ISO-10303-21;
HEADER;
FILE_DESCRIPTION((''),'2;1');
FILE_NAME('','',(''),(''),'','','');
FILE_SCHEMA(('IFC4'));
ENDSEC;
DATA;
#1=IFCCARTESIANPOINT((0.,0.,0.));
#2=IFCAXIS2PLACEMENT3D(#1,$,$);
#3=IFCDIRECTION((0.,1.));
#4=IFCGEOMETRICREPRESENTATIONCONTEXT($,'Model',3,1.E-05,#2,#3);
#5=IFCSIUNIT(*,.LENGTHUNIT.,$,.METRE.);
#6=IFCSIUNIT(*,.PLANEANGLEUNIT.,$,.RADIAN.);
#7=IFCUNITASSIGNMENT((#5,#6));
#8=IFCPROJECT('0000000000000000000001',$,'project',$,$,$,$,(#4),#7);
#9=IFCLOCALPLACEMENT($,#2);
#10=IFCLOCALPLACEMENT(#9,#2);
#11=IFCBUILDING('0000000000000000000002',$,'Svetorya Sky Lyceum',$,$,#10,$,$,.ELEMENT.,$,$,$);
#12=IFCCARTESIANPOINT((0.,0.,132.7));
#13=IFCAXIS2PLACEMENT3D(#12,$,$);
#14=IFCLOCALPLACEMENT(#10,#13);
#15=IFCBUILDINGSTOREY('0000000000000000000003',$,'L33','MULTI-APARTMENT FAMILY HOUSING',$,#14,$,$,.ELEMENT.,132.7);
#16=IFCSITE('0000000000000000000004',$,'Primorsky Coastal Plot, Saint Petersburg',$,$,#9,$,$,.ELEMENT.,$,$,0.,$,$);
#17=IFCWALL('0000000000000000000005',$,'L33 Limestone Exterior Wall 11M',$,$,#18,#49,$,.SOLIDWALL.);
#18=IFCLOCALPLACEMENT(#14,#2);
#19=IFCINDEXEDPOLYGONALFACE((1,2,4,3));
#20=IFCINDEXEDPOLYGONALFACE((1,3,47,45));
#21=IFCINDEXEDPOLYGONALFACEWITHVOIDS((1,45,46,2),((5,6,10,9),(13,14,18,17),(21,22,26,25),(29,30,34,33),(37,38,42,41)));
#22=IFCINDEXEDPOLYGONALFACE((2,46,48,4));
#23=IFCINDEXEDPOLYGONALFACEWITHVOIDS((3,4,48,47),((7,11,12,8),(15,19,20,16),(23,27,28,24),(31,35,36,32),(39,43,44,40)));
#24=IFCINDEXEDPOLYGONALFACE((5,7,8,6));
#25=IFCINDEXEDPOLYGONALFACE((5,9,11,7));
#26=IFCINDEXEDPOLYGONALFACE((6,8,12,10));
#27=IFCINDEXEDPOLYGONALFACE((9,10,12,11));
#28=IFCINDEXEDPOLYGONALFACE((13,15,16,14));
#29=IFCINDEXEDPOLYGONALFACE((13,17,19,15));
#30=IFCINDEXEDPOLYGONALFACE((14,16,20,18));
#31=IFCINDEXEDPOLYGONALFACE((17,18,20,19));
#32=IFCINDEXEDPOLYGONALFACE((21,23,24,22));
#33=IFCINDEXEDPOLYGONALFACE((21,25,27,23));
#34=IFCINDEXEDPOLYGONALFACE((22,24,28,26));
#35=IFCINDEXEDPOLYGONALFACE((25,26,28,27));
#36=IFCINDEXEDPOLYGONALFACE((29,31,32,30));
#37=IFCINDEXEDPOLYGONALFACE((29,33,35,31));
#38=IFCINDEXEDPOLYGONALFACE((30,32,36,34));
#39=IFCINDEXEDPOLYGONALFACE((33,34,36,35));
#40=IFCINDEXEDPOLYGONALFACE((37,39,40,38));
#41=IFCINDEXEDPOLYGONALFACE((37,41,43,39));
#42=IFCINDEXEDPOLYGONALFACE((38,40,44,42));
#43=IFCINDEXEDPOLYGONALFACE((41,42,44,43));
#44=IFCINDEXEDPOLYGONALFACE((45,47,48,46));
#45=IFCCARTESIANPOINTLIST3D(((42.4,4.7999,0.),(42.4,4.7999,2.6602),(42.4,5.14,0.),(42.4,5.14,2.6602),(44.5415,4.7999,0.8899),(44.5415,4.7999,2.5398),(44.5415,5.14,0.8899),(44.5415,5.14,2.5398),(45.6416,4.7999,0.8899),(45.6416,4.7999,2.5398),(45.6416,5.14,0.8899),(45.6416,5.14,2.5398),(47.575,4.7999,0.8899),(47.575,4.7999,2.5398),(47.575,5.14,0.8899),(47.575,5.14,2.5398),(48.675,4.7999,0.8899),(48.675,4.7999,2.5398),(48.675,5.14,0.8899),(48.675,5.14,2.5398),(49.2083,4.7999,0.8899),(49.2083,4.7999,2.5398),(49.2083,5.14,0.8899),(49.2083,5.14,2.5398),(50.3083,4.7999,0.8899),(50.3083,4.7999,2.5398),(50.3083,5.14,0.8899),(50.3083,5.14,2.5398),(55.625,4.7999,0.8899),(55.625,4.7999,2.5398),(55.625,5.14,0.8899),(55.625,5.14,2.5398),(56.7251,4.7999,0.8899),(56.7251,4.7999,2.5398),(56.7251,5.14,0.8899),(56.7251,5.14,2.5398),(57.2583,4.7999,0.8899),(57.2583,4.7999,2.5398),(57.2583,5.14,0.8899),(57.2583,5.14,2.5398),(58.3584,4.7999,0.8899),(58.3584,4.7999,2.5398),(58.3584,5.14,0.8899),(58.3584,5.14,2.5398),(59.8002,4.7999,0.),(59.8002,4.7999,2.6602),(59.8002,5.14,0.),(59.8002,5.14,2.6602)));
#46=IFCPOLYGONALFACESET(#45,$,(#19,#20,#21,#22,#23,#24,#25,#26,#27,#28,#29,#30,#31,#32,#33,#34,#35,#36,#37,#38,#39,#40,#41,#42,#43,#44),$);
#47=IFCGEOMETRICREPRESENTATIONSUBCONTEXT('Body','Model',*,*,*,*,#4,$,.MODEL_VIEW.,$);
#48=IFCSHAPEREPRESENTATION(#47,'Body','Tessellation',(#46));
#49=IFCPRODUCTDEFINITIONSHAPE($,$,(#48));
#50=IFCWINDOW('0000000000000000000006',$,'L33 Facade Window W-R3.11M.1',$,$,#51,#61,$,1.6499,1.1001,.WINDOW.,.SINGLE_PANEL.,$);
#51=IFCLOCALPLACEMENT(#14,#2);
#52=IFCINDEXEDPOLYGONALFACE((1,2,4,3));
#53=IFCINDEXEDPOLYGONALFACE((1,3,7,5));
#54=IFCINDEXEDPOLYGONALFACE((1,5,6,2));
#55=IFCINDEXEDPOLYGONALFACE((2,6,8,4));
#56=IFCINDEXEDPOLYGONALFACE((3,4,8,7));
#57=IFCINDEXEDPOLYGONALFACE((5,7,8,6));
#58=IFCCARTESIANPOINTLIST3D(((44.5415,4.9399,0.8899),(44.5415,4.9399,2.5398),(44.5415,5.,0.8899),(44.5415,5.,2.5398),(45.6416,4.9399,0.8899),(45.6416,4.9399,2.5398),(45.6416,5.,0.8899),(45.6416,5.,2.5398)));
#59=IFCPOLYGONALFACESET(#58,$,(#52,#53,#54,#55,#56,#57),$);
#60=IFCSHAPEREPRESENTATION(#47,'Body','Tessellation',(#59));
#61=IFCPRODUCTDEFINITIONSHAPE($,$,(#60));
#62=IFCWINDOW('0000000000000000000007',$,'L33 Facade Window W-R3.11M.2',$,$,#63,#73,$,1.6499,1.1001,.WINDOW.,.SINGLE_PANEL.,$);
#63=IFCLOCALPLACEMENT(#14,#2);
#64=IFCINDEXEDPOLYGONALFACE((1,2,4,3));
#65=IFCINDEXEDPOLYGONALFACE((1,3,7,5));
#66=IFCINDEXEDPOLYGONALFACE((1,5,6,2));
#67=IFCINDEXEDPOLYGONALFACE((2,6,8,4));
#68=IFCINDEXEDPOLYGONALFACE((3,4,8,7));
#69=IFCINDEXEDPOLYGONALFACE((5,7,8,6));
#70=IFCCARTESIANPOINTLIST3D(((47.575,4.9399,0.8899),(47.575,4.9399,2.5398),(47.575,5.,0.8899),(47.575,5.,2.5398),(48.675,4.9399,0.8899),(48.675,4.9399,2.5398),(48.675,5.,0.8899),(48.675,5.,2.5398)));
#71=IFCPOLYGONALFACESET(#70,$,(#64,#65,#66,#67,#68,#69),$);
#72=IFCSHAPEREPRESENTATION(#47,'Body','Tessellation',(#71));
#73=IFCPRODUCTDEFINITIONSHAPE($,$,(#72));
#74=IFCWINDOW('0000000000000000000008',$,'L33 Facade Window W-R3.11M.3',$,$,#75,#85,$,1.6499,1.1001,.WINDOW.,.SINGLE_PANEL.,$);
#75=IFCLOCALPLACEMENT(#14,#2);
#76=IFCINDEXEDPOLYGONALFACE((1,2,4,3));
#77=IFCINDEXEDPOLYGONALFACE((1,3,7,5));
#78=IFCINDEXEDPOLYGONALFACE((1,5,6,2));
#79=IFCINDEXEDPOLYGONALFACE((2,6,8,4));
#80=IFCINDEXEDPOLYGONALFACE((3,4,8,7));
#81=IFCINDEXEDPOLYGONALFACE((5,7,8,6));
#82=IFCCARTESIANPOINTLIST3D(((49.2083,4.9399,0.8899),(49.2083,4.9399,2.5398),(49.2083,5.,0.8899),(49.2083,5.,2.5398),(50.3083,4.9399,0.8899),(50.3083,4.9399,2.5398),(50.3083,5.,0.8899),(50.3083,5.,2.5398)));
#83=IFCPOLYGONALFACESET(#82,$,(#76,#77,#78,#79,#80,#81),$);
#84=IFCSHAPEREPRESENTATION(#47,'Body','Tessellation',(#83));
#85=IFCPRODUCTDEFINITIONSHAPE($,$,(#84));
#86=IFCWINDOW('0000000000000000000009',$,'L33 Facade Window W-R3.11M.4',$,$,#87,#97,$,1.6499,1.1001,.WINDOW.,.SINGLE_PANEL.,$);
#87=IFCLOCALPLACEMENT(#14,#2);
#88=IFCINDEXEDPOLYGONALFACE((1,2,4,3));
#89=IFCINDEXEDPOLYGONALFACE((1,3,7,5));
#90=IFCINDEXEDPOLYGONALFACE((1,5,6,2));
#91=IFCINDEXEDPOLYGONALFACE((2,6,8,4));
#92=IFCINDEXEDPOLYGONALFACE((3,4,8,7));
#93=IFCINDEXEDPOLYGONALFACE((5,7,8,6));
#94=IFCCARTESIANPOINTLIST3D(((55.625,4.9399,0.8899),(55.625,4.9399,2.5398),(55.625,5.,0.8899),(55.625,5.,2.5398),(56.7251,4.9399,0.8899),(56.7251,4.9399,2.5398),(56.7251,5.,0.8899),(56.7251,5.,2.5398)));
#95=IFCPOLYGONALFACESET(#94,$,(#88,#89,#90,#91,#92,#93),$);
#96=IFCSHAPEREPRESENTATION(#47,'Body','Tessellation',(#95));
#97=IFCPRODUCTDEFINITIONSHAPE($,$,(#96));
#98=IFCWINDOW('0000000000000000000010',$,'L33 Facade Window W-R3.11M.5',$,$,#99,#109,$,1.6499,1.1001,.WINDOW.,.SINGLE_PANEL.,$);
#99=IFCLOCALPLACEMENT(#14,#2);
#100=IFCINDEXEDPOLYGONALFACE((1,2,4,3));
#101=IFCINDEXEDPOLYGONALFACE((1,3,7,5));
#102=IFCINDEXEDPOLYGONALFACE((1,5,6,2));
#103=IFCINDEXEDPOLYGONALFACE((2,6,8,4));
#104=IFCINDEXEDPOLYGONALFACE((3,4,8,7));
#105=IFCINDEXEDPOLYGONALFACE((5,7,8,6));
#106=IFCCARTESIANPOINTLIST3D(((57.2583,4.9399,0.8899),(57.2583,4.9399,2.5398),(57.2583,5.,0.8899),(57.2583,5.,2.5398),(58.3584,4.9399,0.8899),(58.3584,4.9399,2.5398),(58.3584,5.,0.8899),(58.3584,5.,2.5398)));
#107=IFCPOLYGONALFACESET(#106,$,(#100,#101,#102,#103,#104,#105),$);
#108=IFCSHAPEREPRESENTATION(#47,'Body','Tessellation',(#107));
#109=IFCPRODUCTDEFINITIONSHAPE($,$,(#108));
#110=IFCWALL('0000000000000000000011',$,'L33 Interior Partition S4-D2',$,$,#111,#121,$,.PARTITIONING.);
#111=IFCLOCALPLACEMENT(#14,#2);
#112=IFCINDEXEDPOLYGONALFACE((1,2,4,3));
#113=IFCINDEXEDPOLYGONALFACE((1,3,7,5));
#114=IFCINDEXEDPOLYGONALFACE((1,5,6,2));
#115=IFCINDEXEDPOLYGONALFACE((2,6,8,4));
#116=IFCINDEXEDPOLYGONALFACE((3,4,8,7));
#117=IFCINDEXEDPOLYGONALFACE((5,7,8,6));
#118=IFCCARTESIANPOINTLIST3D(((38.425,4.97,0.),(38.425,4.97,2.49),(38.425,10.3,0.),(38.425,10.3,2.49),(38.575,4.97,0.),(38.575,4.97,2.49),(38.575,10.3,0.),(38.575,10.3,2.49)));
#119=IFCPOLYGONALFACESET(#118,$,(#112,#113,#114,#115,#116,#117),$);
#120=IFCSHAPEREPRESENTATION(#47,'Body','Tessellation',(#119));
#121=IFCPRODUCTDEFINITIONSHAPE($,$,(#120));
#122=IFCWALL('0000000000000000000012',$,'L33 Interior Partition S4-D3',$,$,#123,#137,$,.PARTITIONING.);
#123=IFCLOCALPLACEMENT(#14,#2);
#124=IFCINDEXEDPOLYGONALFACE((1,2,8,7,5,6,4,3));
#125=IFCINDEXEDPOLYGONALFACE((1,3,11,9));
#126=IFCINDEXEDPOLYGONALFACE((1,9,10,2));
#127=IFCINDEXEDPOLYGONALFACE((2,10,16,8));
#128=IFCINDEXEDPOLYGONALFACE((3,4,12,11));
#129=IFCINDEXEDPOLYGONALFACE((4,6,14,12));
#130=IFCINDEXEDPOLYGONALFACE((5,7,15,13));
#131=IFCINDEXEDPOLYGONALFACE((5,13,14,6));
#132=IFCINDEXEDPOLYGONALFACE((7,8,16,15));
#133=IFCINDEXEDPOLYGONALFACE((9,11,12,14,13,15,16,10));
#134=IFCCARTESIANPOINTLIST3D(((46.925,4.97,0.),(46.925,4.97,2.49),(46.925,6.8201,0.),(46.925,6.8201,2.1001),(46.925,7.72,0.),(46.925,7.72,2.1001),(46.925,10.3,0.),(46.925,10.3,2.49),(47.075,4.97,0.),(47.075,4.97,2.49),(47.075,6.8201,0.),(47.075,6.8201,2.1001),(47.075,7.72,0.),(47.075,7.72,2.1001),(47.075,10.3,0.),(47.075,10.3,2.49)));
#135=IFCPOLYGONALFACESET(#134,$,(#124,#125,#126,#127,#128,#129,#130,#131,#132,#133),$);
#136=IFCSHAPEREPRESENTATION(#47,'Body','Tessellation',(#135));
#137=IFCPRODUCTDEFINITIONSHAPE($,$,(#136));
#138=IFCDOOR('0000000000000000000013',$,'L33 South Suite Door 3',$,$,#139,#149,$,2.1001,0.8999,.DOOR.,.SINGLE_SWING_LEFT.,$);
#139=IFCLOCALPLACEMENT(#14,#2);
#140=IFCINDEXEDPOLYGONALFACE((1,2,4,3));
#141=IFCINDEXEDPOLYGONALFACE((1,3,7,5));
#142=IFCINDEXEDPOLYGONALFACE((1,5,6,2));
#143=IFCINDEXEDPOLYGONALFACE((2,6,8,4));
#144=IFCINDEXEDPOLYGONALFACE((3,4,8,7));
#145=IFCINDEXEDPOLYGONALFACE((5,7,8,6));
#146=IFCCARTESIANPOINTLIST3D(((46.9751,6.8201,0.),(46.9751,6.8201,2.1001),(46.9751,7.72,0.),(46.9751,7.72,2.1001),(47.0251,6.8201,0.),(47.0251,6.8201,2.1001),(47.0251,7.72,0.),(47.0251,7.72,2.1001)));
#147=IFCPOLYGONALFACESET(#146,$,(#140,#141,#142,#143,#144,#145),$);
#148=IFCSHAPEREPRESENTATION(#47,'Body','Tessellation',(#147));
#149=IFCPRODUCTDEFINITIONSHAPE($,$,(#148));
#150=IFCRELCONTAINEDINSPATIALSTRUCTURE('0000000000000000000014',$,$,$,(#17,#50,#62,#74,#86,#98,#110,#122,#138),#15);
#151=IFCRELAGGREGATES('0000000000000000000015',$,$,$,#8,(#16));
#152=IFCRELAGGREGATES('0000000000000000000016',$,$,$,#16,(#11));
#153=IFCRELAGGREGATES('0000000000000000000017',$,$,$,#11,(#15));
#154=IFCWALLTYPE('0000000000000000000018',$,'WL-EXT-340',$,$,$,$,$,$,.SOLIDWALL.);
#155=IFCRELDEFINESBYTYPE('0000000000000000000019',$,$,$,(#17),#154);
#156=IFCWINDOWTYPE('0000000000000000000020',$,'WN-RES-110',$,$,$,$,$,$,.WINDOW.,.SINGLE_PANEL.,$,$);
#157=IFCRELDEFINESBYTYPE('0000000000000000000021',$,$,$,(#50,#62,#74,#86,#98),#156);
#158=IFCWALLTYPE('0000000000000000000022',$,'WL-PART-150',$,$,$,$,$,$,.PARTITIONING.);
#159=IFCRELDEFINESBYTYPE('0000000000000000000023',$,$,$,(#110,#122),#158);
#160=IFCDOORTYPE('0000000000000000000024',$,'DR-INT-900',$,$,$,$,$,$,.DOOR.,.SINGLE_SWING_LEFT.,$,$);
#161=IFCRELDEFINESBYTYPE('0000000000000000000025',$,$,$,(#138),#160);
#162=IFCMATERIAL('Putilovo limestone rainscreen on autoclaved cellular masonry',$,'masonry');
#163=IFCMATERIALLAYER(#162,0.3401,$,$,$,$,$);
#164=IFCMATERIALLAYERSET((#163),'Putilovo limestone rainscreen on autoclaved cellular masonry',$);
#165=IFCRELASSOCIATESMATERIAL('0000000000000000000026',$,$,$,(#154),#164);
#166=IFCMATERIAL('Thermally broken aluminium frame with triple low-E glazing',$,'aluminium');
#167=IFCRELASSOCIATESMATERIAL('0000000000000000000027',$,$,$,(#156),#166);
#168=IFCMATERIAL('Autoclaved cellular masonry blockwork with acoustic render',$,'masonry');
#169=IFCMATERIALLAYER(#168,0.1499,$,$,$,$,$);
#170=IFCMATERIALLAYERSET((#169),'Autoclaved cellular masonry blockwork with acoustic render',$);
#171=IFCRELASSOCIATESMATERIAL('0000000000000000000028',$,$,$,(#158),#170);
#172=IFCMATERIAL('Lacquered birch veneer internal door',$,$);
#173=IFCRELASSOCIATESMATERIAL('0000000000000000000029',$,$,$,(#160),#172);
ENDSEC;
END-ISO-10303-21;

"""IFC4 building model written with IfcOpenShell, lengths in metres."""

from ifc_helpers import new_model, si_unit, direction, frame, frame_2d, origin, place, context, subcontext, project, spatial, rectangle, extrude, material, layer, layer_set, type_object, element, fill, save


model = new_model("IFC4")

# Units and contexts
model_context = context("Model", 3, precision=1e-05, world=origin(), true_north=direction((0.0, 1.0)))
body_context = subcontext(model_context, "Body", "Model", "MODEL_VIEW")
ifc_project = project(units=[si_unit("LENGTHUNIT", "METRE"), si_unit("PLANEANGLEUNIT", "RADIAN")], contexts=[model_context])

# Site, building, storey
site_placement = place(None, origin())
site = spatial("IfcSite", under=ifc_project, at=site_placement, Name="Primorsky Coastal Plot, Saint Petersburg", CompositionType="ELEMENT", RefElevation=0.0)
building_placement = place(site_placement, origin())
building = spatial("IfcBuilding", under=site, at=building_placement, Name="Svetorya Sky Lyceum", CompositionType="ELEMENT")
storey_placement = place(building_placement, frame((0.0, 0.0, 132.7)))
storey = spatial("IfcBuildingStorey", under=building, at=storey_placement, Name="L33", Description="MULTI-APARTMENT FAMILY HOUSING", CompositionType="ELEMENT", Elevation=132.7)

# Shared definitions
ifc_material_1 = material(Name="Putilovo limestone rainscreen on autoclaved cellular masonry", Category="masonry")
ifc_layer_1 = layer(ifc_material_1, 0.3401)
ifc_layer_set_1 = layer_set([ifc_layer_1], Name="Putilovo limestone rainscreen on autoclaved cellular masonry")
wall_type_1 = type_object("IfcWallType", Name="WL-EXT-340", PredefinedType="SOLIDWALL", material=ifc_layer_set_1)

# Wall, openings, windows
wall_1_placement = place(storey_placement, frame((42.3999, 4.97, 0.0), z_axis=(0.0, 0.0, 1.0), x_axis=(1.0, 0.0, 0.0)))
wall_1 = element("IfcWall", 1, at=wall_1_placement, inside=storey, type_object=wall_type_1, Name="L33 Limestone Exterior Wall 11M", PredefinedType="SOLIDWALL", context=body_context, shape_type="SweptSolid", body=[
    extrude(rectangle(XDim=17.4001, YDim=0.3401, at=frame_2d((8.7002, 0.0))), origin(), (0.0, 0.0, 1.0), 2.6602),
])
opening_1_placement = place(wall_1_placement, frame((2.1416, 0.0, 0.8899)))
opening_1 = element("IfcOpeningElement", 2, at=opening_1_placement, cuts=wall_1, PredefinedType="OPENING", context=body_context, shape_type="SweptSolid", body=[
    extrude(rectangle(XDim=1.1001, YDim=1.6499, at=frame_2d((0.55, 0.825))), frame((0.0, 0.1799, 0.0), z_axis=(0.0, -1.0, 0.0), x_axis=(1.0, 0.0, 0.0)), (0.0, 0.0, 1.0), 0.3601),
])
opening_2_placement = place(wall_1_placement, frame((5.175, 0.0, 0.8899)))
opening_2 = element("IfcOpeningElement", 3, at=opening_2_placement, cuts=wall_1, PredefinedType="OPENING", context=body_context, shape_type="SweptSolid", body=[
    extrude(rectangle(XDim=1.1001, YDim=1.6499, at=frame_2d((0.55, 0.825))), frame((0.0, 0.1799, 0.0), z_axis=(0.0, -1.0, 0.0), x_axis=(1.0, 0.0, 0.0)), (0.0, 0.0, 1.0), 0.3601),
])
opening_3_placement = place(wall_1_placement, frame((6.8083, 0.0, 0.8899)))
opening_3 = element("IfcOpeningElement", 4, at=opening_3_placement, cuts=wall_1, PredefinedType="OPENING", context=body_context, shape_type="SweptSolid", body=[
    extrude(rectangle(XDim=1.1001, YDim=1.6499, at=frame_2d((0.55, 0.825))), frame((0.0, 0.1799, 0.0), z_axis=(0.0, -1.0, 0.0), x_axis=(1.0, 0.0, 0.0)), (0.0, 0.0, 1.0), 0.3601),
])
opening_4_placement = place(wall_1_placement, frame((13.2251, 0.0, 0.8899)))
opening_4 = element("IfcOpeningElement", 5, at=opening_4_placement, cuts=wall_1, PredefinedType="OPENING", context=body_context, shape_type="SweptSolid", body=[
    extrude(rectangle(XDim=1.1001, YDim=1.6499, at=frame_2d((0.55, 0.825))), frame((0.0, 0.1799, 0.0), z_axis=(0.0, -1.0, 0.0), x_axis=(1.0, 0.0, 0.0)), (0.0, 0.0, 1.0), 0.3601),
])
opening_5_placement = place(wall_1_placement, frame((14.8584, 0.0, 0.8899)))
opening_5 = element("IfcOpeningElement", 6, at=opening_5_placement, cuts=wall_1, PredefinedType="OPENING", context=body_context, shape_type="SweptSolid", body=[
    extrude(rectangle(XDim=1.1001, YDim=1.6499, at=frame_2d((0.55, 0.825))), frame((0.0, 0.1799, 0.0), z_axis=(0.0, -1.0, 0.0), x_axis=(1.0, 0.0, 0.0)), (0.0, 0.0, 1.0), 0.3601),
])
ifc_material_2 = material(Name="Thermally broken aluminium frame with triple low-E glazing", Category="aluminium")
window_type = type_object("IfcWindowType", Name="WN-RES-110", PartitioningType="SINGLE_PANEL", PredefinedType="WINDOW", material=ifc_material_2)
window_1_placement = place(opening_1_placement, origin())
window_1 = element("IfcWindow", 7, at=window_1_placement, inside=storey, type_object=window_type, Name="L33 Facade Window W-R3.11M.1", OverallHeight=1.6499, OverallWidth=1.1001, PartitioningType="SINGLE_PANEL", PredefinedType="WINDOW", context=body_context, shape_type="SweptSolid", body=[
    extrude(rectangle(XDim=1.1001, YDim=1.6499, at=frame_2d((0.55, 0.825))), frame((0.0, 0.03, 0.0), z_axis=(0.0, -1.0, 0.0), x_axis=(1.0, 0.0, 0.0)), (0.0, 0.0, 1.0), 0.0601),
])
fill(opening_1, window_1)
window_2_placement = place(opening_2_placement, origin())
window_2 = element("IfcWindow", 8, at=window_2_placement, inside=storey, type_object=window_type, Name="L33 Facade Window W-R3.11M.2", OverallHeight=1.6499, OverallWidth=1.1001, PartitioningType="SINGLE_PANEL", PredefinedType="WINDOW", context=body_context, shape_type="SweptSolid", body=[
    extrude(rectangle(XDim=1.1001, YDim=1.6499, at=frame_2d((0.55, 0.825))), frame((0.0, 0.03, 0.0), z_axis=(0.0, -1.0, 0.0), x_axis=(1.0, 0.0, 0.0)), (0.0, 0.0, 1.0), 0.0601),
])
fill(opening_2, window_2)
window_3_placement = place(opening_3_placement, origin())
window_3 = element("IfcWindow", 9, at=window_3_placement, inside=storey, type_object=window_type, Name="L33 Facade Window W-R3.11M.3", OverallHeight=1.6499, OverallWidth=1.1001, PartitioningType="SINGLE_PANEL", PredefinedType="WINDOW", context=body_context, shape_type="SweptSolid", body=[
    extrude(rectangle(XDim=1.1001, YDim=1.6499, at=frame_2d((0.55, 0.825))), frame((0.0, 0.03, 0.0), z_axis=(0.0, -1.0, 0.0), x_axis=(1.0, 0.0, 0.0)), (0.0, 0.0, 1.0), 0.0601),
])
fill(opening_3, window_3)
window_4_placement = place(opening_4_placement, origin())
window_4 = element("IfcWindow", 10, at=window_4_placement, inside=storey, type_object=window_type, Name="L33 Facade Window W-R3.11M.4", OverallHeight=1.6499, OverallWidth=1.1001, PartitioningType="SINGLE_PANEL", PredefinedType="WINDOW", context=body_context, shape_type="SweptSolid", body=[
    extrude(rectangle(XDim=1.1001, YDim=1.6499, at=frame_2d((0.55, 0.825))), frame((0.0, 0.03, 0.0), z_axis=(0.0, -1.0, 0.0), x_axis=(1.0, 0.0, 0.0)), (0.0, 0.0, 1.0), 0.0601),
])
fill(opening_4, window_4)
window_5_placement = place(opening_5_placement, origin())
window_5 = element("IfcWindow", 11, at=window_5_placement, inside=storey, type_object=window_type, Name="L33 Facade Window W-R3.11M.5", OverallHeight=1.6499, OverallWidth=1.1001, PartitioningType="SINGLE_PANEL", PredefinedType="WINDOW", context=body_context, shape_type="SweptSolid", body=[
    extrude(rectangle(XDim=1.1001, YDim=1.6499, at=frame_2d((0.55, 0.825))), frame((0.0, 0.03, 0.0), z_axis=(0.0, -1.0, 0.0), x_axis=(1.0, 0.0, 0.0)), (0.0, 0.0, 1.0), 0.0601),
])
fill(opening_5, window_5)

# Wall
ifc_material_3 = material(Name="Autoclaved cellular masonry blockwork with acoustic render", Category="masonry")
ifc_layer_2 = layer(ifc_material_3, 0.1499)
ifc_layer_set_2 = layer_set([ifc_layer_2], Name="Autoclaved cellular masonry blockwork with acoustic render")
wall_type_2 = type_object("IfcWallType", Name="WL-PART-150", PredefinedType="PARTITIONING", material=ifc_layer_set_2)
wall_2_placement = place(storey_placement, frame((38.5, 4.97, 0.0), z_axis=(0.0, 0.0, 1.0), x_axis=(0.0, 1.0, 0.0)))
element("IfcWall", 12, at=wall_2_placement, inside=storey, type_object=wall_type_2, Name="L33 Interior Partition S4-D2", PredefinedType="PARTITIONING", context=body_context, shape_type="SweptSolid", body=[
    extrude(rectangle(XDim=5.3301, YDim=0.1499, at=frame_2d((2.665, 0.0))), origin(), (0.0, 0.0, 1.0), 2.49),
])

# Wall, opening, door
wall_3_placement = place(storey_placement, frame((47.0, 4.97, 0.0), z_axis=(0.0, 0.0, 1.0), x_axis=(0.0, 1.0, 0.0)))
wall_3 = element("IfcWall", 13, at=wall_3_placement, inside=storey, type_object=wall_type_2, Name="L33 Interior Partition S4-D3", PredefinedType="PARTITIONING", context=body_context, shape_type="SweptSolid", body=[
    extrude(rectangle(XDim=5.3301, YDim=0.1499, at=frame_2d((2.665, 0.0))), origin(), (0.0, 0.0, 1.0), 2.49),
])
opening_6_placement = place(wall_3_placement, frame((1.8501, 0.0, 0.0)))
opening_6 = element("IfcOpeningElement", 14, at=opening_6_placement, cuts=wall_3, PredefinedType="OPENING", context=body_context, shape_type="SweptSolid", body=[
    extrude(rectangle(XDim=0.8999, YDim=2.1001, at=frame_2d((0.45, 1.05))), frame((0.0, 0.085, 0.0), z_axis=(0.0, -1.0, 0.0), x_axis=(1.0, 0.0, 0.0)), (0.0, 0.0, 1.0), 0.1699),
])
ifc_material_4 = material(Name="Lacquered birch veneer internal door")
door_type = type_object("IfcDoorType", Name="DR-INT-900", OperationType="SINGLE_SWING_LEFT", PredefinedType="DOOR", material=ifc_material_4)
door_placement = place(opening_6_placement, origin())
door = element("IfcDoor", 15, at=door_placement, inside=storey, type_object=door_type, Name="L33 South Suite Door 3", OperationType="SINGLE_SWING_LEFT", OverallHeight=2.1001, OverallWidth=0.8999, PredefinedType="DOOR", context=body_context, shape_type="SweptSolid", body=[
    extrude(rectangle(XDim=0.8999, YDim=2.1001, at=frame_2d((0.45, 1.05))), frame((0.0, 0.0249, 0.0), z_axis=(0.0, -1.0, 0.0), x_axis=(1.0, 0.0, 0.0)), (0.0, 0.0, 1.0), 0.05),
])
fill(opening_6, door)

save(model, "model.ifc")
